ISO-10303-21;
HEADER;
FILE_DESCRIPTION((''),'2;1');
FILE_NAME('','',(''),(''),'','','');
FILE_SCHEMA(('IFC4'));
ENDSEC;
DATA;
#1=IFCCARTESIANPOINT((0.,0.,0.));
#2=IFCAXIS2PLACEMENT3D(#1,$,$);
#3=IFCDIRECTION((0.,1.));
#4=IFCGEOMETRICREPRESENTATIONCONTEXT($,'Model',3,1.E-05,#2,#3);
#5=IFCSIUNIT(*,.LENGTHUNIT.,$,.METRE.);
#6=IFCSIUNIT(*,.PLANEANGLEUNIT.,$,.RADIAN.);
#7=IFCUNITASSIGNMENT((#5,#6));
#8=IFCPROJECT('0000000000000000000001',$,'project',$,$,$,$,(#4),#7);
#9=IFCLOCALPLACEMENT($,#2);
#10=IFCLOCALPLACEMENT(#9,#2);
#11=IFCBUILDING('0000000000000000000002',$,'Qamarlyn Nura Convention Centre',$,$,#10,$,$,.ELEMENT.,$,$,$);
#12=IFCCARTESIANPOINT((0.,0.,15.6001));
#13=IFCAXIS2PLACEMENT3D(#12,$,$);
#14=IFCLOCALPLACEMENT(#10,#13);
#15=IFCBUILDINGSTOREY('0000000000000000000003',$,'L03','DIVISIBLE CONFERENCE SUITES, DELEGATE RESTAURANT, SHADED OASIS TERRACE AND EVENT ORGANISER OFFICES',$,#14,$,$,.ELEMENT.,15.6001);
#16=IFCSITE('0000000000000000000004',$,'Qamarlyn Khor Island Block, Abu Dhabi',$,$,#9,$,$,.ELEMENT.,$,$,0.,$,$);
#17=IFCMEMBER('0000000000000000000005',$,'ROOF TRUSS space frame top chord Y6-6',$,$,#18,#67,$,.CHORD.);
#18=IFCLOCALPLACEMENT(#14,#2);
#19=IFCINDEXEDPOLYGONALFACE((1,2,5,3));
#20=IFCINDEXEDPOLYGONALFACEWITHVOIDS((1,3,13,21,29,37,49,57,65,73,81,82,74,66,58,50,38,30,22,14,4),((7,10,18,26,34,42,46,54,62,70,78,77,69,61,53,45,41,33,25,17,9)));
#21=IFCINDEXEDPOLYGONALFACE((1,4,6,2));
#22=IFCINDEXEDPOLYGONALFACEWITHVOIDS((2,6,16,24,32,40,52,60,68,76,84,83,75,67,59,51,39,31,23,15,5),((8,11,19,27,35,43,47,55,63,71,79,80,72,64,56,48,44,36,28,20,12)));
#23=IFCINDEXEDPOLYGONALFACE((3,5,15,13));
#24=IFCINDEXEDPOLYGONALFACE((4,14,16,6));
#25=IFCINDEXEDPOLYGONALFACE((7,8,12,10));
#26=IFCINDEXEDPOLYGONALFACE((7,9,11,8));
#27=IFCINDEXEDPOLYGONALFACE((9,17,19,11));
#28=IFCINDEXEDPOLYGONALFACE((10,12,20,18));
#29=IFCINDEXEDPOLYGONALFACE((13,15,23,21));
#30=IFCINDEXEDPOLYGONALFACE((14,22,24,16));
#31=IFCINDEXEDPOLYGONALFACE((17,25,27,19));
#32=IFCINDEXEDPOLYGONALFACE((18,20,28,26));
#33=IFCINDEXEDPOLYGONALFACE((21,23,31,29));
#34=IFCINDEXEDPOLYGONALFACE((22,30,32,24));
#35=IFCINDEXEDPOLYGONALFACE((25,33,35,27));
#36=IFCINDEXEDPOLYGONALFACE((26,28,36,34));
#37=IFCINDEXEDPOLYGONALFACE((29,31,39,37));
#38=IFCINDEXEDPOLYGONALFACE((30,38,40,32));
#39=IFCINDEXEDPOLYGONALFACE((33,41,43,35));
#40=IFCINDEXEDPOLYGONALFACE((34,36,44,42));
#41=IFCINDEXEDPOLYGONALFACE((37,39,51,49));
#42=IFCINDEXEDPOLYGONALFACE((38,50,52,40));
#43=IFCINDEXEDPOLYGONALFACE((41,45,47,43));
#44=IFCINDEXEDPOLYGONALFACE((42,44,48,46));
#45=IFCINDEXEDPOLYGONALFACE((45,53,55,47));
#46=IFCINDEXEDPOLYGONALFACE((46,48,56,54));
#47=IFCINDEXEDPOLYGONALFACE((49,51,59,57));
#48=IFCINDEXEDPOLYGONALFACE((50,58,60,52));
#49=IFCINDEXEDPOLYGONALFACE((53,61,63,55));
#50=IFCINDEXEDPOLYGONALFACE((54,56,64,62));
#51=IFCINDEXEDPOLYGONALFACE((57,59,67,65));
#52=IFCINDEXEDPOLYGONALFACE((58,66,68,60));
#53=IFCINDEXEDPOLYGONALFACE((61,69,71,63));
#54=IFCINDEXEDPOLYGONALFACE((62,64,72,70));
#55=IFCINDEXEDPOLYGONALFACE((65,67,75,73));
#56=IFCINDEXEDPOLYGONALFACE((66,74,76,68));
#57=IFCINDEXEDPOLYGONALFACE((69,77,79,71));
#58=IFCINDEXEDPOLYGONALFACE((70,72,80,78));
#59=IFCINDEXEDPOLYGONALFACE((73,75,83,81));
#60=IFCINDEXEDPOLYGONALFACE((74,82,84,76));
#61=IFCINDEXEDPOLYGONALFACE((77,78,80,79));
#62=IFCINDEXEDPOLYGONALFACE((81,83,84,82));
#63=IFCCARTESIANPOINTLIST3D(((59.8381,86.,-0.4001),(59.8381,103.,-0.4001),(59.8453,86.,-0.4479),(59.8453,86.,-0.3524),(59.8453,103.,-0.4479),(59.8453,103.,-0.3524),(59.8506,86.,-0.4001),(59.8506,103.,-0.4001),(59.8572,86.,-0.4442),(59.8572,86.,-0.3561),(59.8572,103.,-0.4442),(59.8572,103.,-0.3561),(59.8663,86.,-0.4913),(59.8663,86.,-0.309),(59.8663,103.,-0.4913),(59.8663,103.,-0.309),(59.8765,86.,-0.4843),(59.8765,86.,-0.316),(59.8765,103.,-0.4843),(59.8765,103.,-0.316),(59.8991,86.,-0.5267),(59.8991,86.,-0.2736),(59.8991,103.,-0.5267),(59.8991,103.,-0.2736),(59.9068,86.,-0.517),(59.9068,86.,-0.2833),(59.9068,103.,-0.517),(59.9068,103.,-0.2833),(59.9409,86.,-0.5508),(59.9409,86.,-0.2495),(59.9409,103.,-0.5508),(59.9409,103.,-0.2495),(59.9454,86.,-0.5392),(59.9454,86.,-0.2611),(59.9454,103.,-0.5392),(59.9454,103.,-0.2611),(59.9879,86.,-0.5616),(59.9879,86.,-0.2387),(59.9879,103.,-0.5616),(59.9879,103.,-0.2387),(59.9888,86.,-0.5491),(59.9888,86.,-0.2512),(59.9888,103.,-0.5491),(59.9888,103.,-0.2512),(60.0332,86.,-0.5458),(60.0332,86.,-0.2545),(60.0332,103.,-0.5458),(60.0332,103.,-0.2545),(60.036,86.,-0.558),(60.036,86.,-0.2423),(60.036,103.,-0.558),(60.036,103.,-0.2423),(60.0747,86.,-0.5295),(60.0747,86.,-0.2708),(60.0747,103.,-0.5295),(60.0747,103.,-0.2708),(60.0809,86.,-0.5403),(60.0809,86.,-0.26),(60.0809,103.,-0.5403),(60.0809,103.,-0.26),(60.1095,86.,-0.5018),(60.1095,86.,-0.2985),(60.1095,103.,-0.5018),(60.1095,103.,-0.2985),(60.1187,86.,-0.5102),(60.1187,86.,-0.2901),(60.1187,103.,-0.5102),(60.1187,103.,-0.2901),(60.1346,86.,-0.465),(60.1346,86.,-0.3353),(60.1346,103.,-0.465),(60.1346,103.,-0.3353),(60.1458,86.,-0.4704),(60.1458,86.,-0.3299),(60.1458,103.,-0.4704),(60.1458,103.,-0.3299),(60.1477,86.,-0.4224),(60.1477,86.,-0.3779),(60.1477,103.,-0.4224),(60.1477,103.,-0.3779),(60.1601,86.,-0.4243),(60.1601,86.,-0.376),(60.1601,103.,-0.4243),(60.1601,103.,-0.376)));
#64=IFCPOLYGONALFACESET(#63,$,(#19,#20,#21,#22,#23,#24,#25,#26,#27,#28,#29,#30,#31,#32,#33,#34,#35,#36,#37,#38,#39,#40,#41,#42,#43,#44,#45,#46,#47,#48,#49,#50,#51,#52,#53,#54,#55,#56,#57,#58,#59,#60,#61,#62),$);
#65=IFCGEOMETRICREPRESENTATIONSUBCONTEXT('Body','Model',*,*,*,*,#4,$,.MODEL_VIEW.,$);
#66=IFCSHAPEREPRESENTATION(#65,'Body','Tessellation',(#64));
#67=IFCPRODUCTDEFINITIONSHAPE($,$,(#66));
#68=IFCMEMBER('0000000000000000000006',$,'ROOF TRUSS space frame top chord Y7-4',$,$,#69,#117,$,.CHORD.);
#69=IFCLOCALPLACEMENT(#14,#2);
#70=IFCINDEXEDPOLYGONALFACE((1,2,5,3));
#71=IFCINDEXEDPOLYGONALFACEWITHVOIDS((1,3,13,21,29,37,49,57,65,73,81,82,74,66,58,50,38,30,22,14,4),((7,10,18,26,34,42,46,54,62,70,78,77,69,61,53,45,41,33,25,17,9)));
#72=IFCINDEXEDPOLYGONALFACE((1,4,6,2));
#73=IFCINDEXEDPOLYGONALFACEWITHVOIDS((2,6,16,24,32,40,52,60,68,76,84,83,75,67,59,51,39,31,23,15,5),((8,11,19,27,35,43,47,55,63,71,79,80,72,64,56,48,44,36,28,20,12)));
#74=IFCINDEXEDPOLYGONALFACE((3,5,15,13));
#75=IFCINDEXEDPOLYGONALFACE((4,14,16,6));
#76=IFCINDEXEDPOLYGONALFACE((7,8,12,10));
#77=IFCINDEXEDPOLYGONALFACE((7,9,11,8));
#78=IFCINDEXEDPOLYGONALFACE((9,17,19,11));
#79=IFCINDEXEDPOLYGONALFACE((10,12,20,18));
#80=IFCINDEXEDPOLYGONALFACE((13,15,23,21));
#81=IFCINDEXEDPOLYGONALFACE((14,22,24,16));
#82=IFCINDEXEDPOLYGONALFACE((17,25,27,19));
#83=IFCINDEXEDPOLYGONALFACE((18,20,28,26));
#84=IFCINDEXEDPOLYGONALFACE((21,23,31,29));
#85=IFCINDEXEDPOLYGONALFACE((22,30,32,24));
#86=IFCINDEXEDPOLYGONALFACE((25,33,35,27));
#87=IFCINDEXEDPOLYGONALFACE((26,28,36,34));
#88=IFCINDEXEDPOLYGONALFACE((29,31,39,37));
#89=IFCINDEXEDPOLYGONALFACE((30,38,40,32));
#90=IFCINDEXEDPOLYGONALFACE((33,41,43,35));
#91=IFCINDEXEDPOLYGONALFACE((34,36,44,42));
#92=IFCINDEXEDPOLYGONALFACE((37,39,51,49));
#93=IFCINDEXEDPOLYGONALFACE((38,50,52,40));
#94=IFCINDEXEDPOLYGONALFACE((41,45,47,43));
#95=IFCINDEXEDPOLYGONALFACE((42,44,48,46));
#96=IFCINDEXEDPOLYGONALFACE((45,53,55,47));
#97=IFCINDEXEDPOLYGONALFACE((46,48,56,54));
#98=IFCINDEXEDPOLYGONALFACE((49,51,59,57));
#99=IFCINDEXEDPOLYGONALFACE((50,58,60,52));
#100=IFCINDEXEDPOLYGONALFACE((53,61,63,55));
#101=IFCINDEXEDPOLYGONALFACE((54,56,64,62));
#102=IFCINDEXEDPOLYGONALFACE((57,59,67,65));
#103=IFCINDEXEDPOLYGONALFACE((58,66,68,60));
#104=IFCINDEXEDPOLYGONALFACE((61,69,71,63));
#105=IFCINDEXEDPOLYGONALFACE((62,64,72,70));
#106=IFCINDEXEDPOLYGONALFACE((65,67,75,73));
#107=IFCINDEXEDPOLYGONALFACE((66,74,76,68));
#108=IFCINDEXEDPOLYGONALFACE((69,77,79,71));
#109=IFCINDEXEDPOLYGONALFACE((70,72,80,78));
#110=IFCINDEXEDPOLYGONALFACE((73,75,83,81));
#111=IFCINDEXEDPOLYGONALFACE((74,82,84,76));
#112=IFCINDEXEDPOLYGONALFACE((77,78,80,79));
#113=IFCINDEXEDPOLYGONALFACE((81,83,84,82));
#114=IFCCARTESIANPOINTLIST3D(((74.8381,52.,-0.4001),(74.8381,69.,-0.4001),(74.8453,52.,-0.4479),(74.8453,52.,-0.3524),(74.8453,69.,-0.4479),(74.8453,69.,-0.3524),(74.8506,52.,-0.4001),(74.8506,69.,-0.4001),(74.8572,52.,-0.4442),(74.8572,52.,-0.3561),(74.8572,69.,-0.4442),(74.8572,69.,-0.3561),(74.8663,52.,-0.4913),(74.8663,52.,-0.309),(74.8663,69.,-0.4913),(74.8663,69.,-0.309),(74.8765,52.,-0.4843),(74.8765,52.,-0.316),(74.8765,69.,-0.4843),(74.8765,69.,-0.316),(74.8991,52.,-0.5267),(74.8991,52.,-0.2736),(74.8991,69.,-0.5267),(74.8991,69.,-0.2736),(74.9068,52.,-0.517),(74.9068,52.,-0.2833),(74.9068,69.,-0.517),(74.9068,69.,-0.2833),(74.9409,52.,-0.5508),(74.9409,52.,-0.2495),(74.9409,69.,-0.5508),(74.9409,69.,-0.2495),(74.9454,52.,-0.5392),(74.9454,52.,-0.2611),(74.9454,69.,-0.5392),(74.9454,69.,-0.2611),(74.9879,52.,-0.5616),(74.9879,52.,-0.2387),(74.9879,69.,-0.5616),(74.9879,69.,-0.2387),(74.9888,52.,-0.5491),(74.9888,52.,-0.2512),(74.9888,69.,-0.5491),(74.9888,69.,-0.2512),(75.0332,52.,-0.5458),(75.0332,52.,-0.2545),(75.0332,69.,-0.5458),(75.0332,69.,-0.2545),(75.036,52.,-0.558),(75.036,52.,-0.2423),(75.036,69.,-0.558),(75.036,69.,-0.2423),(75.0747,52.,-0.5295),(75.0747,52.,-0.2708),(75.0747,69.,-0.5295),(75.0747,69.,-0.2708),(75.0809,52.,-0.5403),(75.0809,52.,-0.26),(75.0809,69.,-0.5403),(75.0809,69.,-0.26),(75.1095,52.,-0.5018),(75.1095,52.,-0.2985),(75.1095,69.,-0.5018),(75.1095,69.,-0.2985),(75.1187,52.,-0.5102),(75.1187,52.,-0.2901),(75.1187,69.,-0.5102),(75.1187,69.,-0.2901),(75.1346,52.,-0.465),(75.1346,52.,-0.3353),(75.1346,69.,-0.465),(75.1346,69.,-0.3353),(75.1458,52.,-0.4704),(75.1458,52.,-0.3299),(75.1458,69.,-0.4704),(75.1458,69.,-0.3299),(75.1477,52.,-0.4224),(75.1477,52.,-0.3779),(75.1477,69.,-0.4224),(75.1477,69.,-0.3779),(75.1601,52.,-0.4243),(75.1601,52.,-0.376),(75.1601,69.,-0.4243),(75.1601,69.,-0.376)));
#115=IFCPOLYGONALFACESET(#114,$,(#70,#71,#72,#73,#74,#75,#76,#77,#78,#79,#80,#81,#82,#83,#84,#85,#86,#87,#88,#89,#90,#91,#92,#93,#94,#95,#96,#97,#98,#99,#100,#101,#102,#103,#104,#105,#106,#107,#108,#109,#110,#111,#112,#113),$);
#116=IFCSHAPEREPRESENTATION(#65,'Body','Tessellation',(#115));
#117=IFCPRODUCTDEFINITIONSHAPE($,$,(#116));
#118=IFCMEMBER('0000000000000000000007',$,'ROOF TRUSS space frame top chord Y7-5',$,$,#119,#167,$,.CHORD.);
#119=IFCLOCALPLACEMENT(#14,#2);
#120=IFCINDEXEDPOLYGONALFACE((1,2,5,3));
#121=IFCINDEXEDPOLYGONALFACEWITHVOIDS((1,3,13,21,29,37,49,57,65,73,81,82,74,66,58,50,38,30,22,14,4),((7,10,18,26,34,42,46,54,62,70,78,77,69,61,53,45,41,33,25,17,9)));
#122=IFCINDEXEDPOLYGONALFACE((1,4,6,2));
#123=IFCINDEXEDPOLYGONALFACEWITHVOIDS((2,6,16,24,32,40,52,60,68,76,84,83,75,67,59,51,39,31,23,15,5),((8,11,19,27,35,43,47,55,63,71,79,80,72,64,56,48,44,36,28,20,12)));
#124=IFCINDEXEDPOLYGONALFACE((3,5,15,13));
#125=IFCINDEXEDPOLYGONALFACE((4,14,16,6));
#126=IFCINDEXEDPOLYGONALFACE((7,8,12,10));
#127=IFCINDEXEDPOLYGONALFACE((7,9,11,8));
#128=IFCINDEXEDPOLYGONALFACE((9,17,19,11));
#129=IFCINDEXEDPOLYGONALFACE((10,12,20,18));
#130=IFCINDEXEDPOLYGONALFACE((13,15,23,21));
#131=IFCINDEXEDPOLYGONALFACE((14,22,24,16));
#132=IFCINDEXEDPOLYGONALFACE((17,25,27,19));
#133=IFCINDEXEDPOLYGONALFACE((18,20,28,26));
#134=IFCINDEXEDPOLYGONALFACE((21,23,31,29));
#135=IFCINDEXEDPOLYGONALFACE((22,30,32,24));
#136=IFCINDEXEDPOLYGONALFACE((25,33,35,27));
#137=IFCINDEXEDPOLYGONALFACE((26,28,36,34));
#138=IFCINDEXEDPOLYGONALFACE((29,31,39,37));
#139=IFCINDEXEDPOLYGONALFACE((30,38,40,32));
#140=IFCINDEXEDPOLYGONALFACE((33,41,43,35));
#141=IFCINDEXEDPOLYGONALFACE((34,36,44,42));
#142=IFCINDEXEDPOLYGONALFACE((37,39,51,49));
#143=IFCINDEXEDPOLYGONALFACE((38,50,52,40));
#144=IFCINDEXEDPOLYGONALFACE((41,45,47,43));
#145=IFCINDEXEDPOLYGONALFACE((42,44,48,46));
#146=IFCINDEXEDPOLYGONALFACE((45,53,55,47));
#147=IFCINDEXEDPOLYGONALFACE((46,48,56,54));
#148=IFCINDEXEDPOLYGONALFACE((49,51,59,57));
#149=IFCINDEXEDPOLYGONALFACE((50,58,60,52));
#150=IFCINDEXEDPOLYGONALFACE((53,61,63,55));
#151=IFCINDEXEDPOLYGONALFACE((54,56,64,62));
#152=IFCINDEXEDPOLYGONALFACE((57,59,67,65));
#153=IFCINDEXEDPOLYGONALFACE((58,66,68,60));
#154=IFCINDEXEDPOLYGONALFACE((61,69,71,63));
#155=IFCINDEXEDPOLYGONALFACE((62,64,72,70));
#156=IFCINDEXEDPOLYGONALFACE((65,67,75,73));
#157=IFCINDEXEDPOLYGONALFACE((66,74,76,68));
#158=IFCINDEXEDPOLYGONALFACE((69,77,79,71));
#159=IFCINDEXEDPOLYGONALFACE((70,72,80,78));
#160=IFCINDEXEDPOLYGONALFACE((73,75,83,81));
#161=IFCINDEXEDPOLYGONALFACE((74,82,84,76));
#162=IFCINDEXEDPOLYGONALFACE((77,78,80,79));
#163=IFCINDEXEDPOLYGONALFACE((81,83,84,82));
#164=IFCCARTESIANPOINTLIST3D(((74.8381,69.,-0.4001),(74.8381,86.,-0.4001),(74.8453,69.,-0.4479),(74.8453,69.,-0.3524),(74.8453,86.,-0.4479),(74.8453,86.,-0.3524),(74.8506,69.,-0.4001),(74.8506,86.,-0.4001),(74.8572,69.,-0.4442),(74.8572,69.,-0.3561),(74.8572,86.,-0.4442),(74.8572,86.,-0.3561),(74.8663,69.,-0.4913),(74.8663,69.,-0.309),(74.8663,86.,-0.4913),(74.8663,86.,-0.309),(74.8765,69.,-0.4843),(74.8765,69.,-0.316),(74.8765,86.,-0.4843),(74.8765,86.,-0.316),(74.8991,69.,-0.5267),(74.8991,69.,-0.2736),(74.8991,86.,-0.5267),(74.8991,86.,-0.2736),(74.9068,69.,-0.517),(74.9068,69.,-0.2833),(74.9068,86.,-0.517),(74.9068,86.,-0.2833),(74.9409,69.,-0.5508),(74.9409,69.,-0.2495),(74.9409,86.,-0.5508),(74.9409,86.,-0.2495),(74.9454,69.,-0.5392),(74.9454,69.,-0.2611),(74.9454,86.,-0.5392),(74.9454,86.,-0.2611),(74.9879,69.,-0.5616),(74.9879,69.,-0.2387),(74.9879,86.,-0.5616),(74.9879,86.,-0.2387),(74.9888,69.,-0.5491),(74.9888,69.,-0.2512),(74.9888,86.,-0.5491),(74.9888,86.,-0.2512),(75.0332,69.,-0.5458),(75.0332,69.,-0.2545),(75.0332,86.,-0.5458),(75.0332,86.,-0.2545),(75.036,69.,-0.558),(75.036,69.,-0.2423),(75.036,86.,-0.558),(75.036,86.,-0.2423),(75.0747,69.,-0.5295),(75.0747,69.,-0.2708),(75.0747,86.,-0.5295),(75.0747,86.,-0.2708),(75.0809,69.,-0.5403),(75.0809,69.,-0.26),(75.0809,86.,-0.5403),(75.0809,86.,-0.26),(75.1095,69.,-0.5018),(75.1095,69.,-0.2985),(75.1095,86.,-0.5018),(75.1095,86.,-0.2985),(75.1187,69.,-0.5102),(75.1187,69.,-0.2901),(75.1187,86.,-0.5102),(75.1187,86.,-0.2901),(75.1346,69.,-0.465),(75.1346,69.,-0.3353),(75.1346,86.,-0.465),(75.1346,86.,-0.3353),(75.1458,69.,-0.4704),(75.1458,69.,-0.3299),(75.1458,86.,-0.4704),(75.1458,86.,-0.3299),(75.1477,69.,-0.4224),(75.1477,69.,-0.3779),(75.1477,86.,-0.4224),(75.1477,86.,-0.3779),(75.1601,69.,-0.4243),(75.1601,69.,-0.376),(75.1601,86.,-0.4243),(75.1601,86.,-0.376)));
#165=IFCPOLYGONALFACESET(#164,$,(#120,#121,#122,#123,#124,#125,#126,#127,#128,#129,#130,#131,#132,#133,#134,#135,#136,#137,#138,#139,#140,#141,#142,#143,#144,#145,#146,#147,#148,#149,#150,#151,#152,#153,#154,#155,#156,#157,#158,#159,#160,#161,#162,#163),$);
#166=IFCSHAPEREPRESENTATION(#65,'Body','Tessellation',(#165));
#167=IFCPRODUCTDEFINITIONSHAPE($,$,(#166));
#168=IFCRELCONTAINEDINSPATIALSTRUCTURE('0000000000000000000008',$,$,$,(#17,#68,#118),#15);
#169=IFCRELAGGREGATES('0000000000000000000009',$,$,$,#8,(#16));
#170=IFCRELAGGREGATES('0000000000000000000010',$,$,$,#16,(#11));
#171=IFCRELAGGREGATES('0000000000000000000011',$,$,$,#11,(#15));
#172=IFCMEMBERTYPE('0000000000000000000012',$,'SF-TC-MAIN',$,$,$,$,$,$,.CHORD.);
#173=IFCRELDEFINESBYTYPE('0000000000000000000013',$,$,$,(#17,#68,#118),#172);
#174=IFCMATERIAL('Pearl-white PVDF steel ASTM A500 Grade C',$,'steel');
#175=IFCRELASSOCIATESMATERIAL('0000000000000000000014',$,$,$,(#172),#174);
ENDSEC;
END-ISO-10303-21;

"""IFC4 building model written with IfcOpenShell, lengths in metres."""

from ifc_helpers import new_model, si_unit, direction, frame, origin, origin_2d, place, context, subcontext, project, spatial, hollow_circle, extrude, material, material_profile, profile_set, type_object, element, save


model = new_model("IFC4")

# Units and contexts
model_context = context("Model", 3, precision=1e-05, world=origin(), true_north=direction((0.0, 1.0)))
body_context = subcontext(model_context, "Body", "Model", "MODEL_VIEW")
ifc_project = project(units=[si_unit("LENGTHUNIT", "METRE"), si_unit("PLANEANGLEUNIT", "RADIAN")], contexts=[model_context])

# Site, building, storey
site_placement = place(None, origin())
site = spatial("IfcSite", under=ifc_project, at=site_placement, Name="Qamarlyn Khor Island Block, Abu Dhabi", CompositionType="ELEMENT", RefElevation=0.0)
building_placement = place(site_placement, origin())
building = spatial("IfcBuilding", under=site, at=building_placement, Name="Qamarlyn Nura Convention Centre", CompositionType="ELEMENT")
storey_placement = place(building_placement, frame((0.0, 0.0, 15.6001)))
storey = spatial("IfcBuildingStorey", under=building, at=storey_placement, Name="L03", Description="DIVISIBLE CONFERENCE SUITES, DELEGATE RESTAURANT, SHADED OASIS TERRACE AND EVENT ORGANISER OFFICES", CompositionType="ELEMENT", Elevation=15.6001)

# Members
ifc_material_1 = material(Name="Pearl-white PVDF steel ASTM A500 Grade C", Category="steel")
ifc_material_profile = material_profile(ifc_material_1, hollow_circle(Radius=0.1619, WallThickness=0.0125, at=origin_2d()), Name="CHS323.9X12.5")
ifc_profile_set = profile_set([ifc_material_profile], Name="Pearl-white PVDF steel ASTM A500 Grade C")
member_type = type_object("IfcMemberType", Name="SF-TC-MAIN", PredefinedType="CHORD", material=ifc_profile_set)
for number, where, z_axis, x_axis, name in (
    (1, (60.0, 86.0, -0.4001), (0.0, 1.0, 0.0), (-1.0, 0.0, 0.0), "ROOF TRUSS space frame top chord Y6-6"),
    (2, (75.0, 52.0, -0.4001), (0.0, 1.0, 0.0), (-1.0, 0.0, 0.0), "ROOF TRUSS space frame top chord Y7-4"),
    (3, (75.0, 69.0, -0.4001), (0.0, 1.0, 0.0), (-1.0, 0.0, 0.0), "ROOF TRUSS space frame top chord Y7-5"),
):
    element("IfcMember", number, at=place(storey_placement, frame(where, z_axis=z_axis, x_axis=x_axis)), inside=storey, type_object=member_type, Name=name, PredefinedType="CHORD", context=body_context, shape_type="SweptSolid", body=[
        extrude(hollow_circle(Radius=0.1619, WallThickness=0.0125, at=origin_2d()), origin(), (0.0, 0.0, 1.0), 17.0),
    ])

save(model, "model.ifc")
